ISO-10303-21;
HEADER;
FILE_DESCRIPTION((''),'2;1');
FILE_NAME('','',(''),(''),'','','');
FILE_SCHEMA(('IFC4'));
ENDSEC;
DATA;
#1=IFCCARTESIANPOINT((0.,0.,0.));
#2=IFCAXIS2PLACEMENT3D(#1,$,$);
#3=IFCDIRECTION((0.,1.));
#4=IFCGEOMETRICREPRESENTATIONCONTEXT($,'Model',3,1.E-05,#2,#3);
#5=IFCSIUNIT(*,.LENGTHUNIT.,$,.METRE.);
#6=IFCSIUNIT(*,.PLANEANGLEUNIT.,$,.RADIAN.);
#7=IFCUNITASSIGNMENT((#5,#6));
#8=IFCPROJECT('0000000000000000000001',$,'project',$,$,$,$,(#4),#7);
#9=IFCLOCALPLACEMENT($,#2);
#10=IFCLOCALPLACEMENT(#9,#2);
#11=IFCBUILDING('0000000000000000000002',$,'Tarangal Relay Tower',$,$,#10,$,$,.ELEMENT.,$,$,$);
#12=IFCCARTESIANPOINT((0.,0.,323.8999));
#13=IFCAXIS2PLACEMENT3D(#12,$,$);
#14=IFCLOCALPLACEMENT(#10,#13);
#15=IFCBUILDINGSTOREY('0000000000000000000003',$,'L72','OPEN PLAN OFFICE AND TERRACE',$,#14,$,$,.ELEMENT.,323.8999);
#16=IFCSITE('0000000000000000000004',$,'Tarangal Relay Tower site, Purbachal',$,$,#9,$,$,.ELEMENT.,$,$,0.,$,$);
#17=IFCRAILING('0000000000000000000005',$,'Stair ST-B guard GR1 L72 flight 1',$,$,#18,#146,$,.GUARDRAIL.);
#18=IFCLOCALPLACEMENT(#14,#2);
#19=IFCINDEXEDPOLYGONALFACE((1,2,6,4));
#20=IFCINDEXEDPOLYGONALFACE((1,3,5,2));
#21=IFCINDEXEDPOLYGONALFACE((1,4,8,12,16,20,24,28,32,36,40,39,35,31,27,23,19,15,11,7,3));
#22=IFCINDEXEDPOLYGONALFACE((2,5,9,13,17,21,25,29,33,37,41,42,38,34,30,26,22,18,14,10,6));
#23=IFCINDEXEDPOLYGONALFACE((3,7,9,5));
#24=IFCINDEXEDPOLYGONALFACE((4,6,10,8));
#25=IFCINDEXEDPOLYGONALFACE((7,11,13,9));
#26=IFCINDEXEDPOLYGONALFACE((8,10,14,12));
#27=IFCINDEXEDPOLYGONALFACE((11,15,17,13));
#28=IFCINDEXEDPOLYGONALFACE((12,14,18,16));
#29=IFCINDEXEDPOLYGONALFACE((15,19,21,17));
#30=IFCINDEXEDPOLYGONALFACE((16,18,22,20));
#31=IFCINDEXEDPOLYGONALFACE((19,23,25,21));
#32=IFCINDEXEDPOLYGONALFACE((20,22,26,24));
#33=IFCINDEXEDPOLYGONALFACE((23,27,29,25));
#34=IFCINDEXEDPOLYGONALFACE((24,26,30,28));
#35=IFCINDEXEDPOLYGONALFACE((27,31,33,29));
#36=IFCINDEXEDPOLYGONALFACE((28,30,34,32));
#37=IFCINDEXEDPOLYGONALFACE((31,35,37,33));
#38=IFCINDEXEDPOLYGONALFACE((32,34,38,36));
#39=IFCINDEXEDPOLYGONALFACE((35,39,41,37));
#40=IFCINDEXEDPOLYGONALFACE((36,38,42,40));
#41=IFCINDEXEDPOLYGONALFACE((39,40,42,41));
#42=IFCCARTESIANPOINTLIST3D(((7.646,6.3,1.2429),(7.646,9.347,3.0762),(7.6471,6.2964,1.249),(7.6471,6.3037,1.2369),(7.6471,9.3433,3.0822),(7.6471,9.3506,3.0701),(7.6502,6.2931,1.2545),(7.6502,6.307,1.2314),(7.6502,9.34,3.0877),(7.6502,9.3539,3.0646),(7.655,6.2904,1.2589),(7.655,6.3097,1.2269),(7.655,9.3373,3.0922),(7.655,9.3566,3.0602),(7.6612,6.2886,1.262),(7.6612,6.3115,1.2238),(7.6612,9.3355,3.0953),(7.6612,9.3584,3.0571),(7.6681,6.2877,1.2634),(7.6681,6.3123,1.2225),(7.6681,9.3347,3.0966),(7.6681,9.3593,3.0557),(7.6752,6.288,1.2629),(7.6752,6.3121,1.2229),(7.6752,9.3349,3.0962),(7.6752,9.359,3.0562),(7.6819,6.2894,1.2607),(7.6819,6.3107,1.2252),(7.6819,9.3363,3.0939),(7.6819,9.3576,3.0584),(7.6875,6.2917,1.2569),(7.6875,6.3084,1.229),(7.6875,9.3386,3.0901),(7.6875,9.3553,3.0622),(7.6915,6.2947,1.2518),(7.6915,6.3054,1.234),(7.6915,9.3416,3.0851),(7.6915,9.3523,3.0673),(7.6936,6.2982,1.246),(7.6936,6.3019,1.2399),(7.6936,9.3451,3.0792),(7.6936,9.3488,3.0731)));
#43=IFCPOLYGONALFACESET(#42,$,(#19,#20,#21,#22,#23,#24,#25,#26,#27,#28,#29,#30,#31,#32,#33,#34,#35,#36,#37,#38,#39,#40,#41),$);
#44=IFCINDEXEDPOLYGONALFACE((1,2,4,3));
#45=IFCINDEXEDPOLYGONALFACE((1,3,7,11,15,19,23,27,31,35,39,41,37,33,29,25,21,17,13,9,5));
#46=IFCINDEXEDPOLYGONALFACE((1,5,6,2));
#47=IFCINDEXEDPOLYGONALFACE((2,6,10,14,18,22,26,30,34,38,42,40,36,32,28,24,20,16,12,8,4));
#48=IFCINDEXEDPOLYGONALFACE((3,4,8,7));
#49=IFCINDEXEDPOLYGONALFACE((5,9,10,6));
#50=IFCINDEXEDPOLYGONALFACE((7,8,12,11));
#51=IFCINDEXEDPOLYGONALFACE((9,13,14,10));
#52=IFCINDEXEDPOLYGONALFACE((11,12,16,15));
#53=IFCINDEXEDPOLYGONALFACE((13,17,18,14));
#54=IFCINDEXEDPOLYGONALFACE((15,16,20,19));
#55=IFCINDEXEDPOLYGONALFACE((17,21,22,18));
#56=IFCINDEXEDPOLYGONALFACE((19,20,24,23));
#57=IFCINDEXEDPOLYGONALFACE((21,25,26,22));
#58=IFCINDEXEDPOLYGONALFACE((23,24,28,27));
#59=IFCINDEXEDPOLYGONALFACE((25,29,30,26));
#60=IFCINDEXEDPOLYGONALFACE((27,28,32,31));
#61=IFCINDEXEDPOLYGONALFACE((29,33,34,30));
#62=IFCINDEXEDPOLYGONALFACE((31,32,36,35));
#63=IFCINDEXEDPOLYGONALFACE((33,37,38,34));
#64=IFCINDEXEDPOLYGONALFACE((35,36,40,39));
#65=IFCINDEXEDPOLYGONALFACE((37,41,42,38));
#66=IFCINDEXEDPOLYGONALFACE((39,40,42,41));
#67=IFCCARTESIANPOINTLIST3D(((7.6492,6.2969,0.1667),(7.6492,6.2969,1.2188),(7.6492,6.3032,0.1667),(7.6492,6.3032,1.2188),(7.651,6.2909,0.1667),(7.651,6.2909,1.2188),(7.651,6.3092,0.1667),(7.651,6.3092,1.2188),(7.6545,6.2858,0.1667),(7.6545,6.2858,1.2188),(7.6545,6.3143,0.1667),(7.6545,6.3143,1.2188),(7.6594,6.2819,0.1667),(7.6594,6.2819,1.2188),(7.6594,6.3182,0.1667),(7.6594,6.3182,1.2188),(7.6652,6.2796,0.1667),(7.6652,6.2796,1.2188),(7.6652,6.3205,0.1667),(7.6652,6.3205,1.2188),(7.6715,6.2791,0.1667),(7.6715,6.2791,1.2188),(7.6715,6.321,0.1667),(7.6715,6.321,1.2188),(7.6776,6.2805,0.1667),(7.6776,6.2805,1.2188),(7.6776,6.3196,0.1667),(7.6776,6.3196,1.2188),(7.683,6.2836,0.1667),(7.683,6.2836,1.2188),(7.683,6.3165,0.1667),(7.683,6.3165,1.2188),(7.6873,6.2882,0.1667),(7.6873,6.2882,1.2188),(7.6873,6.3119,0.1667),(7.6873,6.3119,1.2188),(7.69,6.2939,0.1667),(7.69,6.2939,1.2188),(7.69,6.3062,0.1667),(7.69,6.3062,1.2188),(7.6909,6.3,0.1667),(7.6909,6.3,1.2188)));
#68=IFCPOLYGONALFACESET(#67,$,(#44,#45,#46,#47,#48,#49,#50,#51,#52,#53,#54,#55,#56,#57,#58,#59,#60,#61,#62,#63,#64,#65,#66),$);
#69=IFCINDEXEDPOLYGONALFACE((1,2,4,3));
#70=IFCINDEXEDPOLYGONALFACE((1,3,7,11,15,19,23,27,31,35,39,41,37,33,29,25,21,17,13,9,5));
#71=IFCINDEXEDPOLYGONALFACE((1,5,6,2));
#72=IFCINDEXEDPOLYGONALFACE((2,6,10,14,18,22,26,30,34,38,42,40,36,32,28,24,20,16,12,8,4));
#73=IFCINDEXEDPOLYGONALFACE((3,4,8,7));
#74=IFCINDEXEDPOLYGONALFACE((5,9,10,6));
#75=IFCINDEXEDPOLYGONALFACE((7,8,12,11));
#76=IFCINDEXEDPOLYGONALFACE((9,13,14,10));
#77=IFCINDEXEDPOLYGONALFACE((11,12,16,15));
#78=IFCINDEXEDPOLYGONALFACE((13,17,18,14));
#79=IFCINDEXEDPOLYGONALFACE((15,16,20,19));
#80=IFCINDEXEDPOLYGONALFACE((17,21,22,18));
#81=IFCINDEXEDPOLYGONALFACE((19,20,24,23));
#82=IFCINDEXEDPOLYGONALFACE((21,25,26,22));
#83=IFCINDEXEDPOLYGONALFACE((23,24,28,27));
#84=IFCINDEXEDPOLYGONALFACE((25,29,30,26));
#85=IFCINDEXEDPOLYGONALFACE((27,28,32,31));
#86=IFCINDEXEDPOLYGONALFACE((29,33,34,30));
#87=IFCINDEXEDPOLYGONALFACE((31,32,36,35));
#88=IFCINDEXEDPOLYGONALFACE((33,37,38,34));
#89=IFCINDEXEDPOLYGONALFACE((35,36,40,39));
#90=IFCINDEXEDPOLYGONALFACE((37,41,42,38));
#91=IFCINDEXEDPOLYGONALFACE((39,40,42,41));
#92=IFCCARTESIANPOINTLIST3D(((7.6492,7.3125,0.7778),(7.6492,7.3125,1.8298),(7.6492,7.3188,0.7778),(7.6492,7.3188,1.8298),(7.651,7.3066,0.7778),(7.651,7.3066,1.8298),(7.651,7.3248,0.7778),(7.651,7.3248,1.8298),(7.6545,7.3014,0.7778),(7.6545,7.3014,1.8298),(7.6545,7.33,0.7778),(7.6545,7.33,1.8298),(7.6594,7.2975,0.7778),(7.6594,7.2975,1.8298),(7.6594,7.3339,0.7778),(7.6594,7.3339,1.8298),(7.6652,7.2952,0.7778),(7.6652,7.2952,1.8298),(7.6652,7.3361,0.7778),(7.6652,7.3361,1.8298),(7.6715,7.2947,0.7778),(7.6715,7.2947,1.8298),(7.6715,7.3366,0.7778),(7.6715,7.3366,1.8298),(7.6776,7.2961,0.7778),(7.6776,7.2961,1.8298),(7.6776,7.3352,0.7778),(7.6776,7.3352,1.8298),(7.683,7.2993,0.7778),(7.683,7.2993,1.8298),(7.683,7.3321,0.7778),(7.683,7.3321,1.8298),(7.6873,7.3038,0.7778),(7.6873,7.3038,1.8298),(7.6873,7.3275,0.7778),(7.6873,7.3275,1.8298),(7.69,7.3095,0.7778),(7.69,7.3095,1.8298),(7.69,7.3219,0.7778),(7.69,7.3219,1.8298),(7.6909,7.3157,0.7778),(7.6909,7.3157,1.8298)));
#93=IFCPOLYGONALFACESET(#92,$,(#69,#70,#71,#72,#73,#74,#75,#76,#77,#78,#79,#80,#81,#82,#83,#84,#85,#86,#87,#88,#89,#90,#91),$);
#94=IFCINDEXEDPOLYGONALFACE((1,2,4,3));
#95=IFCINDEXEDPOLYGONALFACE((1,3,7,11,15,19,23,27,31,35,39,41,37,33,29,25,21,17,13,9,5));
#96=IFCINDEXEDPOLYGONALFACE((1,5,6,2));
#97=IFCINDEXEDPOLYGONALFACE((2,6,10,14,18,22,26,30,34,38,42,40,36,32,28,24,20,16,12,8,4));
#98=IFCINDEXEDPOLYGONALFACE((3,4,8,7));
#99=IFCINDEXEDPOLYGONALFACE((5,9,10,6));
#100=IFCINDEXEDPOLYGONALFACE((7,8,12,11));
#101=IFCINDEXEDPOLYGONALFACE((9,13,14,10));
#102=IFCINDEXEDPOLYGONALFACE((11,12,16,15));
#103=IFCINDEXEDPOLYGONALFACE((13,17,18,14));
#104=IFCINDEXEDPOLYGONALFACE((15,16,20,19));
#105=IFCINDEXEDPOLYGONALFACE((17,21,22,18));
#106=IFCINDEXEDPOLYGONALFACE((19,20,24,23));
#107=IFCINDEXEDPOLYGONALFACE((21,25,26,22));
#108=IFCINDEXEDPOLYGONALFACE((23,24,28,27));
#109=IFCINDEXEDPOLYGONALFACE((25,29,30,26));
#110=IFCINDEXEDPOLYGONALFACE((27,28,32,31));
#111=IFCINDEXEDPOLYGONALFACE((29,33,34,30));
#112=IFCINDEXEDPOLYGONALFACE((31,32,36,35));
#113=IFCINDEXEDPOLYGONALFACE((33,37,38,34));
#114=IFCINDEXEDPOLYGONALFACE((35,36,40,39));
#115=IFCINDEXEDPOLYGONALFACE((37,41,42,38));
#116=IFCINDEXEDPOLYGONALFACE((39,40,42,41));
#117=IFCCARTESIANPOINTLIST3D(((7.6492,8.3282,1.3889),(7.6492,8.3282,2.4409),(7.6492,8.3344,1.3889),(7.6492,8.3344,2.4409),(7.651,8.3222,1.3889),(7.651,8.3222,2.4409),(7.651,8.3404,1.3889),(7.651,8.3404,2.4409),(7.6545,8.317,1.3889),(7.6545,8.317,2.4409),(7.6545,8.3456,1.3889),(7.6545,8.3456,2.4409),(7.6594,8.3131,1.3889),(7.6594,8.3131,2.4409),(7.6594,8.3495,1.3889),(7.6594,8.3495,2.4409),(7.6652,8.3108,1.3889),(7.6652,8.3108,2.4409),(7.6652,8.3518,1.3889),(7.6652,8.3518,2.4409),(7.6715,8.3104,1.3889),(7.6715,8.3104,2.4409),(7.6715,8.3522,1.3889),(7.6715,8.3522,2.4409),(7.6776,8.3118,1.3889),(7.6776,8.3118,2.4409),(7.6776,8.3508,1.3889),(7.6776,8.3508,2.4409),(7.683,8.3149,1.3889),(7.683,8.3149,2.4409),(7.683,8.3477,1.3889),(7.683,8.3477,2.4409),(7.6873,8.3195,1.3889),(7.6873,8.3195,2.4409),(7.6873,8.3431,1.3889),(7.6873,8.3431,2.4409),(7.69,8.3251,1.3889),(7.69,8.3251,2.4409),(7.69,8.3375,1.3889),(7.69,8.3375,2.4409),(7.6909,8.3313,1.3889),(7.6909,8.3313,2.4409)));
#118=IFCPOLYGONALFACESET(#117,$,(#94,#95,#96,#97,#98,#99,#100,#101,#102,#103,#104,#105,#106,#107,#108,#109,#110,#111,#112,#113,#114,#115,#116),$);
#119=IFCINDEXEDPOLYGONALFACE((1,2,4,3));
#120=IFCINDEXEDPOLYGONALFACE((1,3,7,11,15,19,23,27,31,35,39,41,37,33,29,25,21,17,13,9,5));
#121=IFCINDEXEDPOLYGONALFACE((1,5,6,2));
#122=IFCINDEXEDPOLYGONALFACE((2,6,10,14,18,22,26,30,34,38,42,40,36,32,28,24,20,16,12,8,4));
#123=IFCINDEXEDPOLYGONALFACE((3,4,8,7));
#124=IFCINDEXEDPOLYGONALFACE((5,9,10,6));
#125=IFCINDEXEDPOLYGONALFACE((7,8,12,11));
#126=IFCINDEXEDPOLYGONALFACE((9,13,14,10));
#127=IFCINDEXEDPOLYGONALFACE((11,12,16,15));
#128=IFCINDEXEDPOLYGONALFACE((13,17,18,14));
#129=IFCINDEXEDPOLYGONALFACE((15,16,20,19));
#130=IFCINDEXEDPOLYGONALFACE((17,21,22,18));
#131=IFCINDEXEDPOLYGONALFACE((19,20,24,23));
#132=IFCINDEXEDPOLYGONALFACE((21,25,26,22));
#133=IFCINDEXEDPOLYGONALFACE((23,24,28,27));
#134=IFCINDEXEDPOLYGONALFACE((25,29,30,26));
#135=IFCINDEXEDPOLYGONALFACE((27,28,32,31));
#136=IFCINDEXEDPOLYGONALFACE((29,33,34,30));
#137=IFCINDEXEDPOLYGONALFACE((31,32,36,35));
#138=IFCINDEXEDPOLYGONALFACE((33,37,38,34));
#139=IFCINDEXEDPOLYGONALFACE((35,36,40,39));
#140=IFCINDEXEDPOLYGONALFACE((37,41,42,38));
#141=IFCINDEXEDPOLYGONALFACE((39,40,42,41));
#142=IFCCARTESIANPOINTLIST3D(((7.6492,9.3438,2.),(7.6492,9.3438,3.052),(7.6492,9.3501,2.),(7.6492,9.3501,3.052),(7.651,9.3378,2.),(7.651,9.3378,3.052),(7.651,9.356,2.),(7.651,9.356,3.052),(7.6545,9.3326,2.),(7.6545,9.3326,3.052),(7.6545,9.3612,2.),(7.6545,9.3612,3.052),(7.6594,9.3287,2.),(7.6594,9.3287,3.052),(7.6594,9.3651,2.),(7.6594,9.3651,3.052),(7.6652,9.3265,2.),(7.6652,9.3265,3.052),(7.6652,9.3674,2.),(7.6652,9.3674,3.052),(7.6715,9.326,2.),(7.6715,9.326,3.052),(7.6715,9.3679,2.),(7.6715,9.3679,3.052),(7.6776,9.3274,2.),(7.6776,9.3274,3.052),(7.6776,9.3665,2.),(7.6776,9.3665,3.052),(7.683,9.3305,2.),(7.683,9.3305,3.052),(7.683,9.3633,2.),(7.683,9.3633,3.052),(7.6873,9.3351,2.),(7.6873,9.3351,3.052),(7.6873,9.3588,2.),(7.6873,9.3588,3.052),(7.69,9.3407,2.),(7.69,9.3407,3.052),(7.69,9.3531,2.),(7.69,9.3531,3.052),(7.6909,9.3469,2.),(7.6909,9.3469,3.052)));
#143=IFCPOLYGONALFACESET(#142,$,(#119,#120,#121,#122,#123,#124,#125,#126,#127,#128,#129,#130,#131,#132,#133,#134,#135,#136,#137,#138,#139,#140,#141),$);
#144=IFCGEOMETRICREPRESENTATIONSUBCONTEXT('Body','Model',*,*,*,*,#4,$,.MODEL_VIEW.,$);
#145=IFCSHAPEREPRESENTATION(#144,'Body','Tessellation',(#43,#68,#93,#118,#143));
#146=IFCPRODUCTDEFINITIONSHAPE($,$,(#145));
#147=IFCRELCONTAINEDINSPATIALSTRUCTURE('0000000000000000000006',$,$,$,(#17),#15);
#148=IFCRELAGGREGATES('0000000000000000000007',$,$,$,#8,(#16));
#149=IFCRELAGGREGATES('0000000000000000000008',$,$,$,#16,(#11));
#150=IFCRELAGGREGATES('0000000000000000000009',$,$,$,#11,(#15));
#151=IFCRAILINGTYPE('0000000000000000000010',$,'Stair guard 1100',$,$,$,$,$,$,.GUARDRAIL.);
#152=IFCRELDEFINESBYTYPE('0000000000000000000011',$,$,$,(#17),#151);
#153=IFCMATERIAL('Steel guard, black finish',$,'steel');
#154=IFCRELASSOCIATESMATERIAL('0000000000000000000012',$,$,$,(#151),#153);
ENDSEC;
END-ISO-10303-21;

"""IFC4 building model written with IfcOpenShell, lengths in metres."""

from ifc_helpers import new_model, si_unit, direction, frame, origin, origin_2d, place, context, subcontext, project, spatial, circle, extrude, material, type_object, element, save


model = new_model("IFC4")

# Units and contexts
model_context = context("Model", 3, precision=1e-05, world=origin(), true_north=direction((0.0, 1.0)))
body_context = subcontext(model_context, "Body", "Model", "MODEL_VIEW")
ifc_project = project(units=[si_unit("LENGTHUNIT", "METRE"), si_unit("PLANEANGLEUNIT", "RADIAN")], contexts=[model_context])

# Site, building, storey
site_placement = place(None, origin())
site = spatial("IfcSite", under=ifc_project, at=site_placement, Name="Tarangal Relay Tower site, Purbachal", CompositionType="ELEMENT", RefElevation=0.0)
building_placement = place(site_placement, origin())
building = spatial("IfcBuilding", under=site, at=building_placement, Name="Tarangal Relay Tower", CompositionType="ELEMENT")
storey_placement = place(building_placement, frame((0.0, 0.0, 323.8999)))
storey = spatial("IfcBuildingStorey", under=building, at=storey_placement, Name="L72", Description="OPEN PLAN OFFICE AND TERRACE", CompositionType="ELEMENT", Elevation=323.8999)

# Railing
ifc_material_1 = material(Name="Steel guard, black finish", Category="steel")
railing_type_1 = type_object("IfcRailingType", Name="Stair guard 1100", PredefinedType="GUARDRAIL", material=ifc_material_1)
railing_1_placement = place(storey_placement, frame((7.6699, 6.3, 0.1667)))
element("IfcRailing", 1, at=railing_1_placement, inside=storey, type_object=railing_type_1, Name="Stair ST-B guard GR1 L72 flight 1", PredefinedType="GUARDRAIL", context=body_context, shape_type="SweptSolid", body=[
    extrude(circle(Radius=0.0239, at=origin_2d()), frame((0.0, 0.0, 1.0762), z_axis=(0.0, 0.856856, 0.515556), x_axis=(-1.0, 0.0, 0.0)), (0.0, 0.0, 1.0), 3.5559),
    extrude(circle(Radius=0.021, at=origin_2d()), origin(), (0.0, 0.0, 1.0), 1.052),
    extrude(circle(Radius=0.021, at=origin_2d()), frame((0.0, 1.0156, 0.6111)), (0.0, 0.0, 1.0), 1.052),
    extrude(circle(Radius=0.021, at=origin_2d()), frame((0.0, 2.0312, 1.2222)), (0.0, 0.0, 1.0), 1.052),
    extrude(circle(Radius=0.021, at=origin_2d()), frame((0.0, 3.0469, 1.8333)), (0.0, 0.0, 1.0), 1.052),
])

save(model, "model.ifc")
